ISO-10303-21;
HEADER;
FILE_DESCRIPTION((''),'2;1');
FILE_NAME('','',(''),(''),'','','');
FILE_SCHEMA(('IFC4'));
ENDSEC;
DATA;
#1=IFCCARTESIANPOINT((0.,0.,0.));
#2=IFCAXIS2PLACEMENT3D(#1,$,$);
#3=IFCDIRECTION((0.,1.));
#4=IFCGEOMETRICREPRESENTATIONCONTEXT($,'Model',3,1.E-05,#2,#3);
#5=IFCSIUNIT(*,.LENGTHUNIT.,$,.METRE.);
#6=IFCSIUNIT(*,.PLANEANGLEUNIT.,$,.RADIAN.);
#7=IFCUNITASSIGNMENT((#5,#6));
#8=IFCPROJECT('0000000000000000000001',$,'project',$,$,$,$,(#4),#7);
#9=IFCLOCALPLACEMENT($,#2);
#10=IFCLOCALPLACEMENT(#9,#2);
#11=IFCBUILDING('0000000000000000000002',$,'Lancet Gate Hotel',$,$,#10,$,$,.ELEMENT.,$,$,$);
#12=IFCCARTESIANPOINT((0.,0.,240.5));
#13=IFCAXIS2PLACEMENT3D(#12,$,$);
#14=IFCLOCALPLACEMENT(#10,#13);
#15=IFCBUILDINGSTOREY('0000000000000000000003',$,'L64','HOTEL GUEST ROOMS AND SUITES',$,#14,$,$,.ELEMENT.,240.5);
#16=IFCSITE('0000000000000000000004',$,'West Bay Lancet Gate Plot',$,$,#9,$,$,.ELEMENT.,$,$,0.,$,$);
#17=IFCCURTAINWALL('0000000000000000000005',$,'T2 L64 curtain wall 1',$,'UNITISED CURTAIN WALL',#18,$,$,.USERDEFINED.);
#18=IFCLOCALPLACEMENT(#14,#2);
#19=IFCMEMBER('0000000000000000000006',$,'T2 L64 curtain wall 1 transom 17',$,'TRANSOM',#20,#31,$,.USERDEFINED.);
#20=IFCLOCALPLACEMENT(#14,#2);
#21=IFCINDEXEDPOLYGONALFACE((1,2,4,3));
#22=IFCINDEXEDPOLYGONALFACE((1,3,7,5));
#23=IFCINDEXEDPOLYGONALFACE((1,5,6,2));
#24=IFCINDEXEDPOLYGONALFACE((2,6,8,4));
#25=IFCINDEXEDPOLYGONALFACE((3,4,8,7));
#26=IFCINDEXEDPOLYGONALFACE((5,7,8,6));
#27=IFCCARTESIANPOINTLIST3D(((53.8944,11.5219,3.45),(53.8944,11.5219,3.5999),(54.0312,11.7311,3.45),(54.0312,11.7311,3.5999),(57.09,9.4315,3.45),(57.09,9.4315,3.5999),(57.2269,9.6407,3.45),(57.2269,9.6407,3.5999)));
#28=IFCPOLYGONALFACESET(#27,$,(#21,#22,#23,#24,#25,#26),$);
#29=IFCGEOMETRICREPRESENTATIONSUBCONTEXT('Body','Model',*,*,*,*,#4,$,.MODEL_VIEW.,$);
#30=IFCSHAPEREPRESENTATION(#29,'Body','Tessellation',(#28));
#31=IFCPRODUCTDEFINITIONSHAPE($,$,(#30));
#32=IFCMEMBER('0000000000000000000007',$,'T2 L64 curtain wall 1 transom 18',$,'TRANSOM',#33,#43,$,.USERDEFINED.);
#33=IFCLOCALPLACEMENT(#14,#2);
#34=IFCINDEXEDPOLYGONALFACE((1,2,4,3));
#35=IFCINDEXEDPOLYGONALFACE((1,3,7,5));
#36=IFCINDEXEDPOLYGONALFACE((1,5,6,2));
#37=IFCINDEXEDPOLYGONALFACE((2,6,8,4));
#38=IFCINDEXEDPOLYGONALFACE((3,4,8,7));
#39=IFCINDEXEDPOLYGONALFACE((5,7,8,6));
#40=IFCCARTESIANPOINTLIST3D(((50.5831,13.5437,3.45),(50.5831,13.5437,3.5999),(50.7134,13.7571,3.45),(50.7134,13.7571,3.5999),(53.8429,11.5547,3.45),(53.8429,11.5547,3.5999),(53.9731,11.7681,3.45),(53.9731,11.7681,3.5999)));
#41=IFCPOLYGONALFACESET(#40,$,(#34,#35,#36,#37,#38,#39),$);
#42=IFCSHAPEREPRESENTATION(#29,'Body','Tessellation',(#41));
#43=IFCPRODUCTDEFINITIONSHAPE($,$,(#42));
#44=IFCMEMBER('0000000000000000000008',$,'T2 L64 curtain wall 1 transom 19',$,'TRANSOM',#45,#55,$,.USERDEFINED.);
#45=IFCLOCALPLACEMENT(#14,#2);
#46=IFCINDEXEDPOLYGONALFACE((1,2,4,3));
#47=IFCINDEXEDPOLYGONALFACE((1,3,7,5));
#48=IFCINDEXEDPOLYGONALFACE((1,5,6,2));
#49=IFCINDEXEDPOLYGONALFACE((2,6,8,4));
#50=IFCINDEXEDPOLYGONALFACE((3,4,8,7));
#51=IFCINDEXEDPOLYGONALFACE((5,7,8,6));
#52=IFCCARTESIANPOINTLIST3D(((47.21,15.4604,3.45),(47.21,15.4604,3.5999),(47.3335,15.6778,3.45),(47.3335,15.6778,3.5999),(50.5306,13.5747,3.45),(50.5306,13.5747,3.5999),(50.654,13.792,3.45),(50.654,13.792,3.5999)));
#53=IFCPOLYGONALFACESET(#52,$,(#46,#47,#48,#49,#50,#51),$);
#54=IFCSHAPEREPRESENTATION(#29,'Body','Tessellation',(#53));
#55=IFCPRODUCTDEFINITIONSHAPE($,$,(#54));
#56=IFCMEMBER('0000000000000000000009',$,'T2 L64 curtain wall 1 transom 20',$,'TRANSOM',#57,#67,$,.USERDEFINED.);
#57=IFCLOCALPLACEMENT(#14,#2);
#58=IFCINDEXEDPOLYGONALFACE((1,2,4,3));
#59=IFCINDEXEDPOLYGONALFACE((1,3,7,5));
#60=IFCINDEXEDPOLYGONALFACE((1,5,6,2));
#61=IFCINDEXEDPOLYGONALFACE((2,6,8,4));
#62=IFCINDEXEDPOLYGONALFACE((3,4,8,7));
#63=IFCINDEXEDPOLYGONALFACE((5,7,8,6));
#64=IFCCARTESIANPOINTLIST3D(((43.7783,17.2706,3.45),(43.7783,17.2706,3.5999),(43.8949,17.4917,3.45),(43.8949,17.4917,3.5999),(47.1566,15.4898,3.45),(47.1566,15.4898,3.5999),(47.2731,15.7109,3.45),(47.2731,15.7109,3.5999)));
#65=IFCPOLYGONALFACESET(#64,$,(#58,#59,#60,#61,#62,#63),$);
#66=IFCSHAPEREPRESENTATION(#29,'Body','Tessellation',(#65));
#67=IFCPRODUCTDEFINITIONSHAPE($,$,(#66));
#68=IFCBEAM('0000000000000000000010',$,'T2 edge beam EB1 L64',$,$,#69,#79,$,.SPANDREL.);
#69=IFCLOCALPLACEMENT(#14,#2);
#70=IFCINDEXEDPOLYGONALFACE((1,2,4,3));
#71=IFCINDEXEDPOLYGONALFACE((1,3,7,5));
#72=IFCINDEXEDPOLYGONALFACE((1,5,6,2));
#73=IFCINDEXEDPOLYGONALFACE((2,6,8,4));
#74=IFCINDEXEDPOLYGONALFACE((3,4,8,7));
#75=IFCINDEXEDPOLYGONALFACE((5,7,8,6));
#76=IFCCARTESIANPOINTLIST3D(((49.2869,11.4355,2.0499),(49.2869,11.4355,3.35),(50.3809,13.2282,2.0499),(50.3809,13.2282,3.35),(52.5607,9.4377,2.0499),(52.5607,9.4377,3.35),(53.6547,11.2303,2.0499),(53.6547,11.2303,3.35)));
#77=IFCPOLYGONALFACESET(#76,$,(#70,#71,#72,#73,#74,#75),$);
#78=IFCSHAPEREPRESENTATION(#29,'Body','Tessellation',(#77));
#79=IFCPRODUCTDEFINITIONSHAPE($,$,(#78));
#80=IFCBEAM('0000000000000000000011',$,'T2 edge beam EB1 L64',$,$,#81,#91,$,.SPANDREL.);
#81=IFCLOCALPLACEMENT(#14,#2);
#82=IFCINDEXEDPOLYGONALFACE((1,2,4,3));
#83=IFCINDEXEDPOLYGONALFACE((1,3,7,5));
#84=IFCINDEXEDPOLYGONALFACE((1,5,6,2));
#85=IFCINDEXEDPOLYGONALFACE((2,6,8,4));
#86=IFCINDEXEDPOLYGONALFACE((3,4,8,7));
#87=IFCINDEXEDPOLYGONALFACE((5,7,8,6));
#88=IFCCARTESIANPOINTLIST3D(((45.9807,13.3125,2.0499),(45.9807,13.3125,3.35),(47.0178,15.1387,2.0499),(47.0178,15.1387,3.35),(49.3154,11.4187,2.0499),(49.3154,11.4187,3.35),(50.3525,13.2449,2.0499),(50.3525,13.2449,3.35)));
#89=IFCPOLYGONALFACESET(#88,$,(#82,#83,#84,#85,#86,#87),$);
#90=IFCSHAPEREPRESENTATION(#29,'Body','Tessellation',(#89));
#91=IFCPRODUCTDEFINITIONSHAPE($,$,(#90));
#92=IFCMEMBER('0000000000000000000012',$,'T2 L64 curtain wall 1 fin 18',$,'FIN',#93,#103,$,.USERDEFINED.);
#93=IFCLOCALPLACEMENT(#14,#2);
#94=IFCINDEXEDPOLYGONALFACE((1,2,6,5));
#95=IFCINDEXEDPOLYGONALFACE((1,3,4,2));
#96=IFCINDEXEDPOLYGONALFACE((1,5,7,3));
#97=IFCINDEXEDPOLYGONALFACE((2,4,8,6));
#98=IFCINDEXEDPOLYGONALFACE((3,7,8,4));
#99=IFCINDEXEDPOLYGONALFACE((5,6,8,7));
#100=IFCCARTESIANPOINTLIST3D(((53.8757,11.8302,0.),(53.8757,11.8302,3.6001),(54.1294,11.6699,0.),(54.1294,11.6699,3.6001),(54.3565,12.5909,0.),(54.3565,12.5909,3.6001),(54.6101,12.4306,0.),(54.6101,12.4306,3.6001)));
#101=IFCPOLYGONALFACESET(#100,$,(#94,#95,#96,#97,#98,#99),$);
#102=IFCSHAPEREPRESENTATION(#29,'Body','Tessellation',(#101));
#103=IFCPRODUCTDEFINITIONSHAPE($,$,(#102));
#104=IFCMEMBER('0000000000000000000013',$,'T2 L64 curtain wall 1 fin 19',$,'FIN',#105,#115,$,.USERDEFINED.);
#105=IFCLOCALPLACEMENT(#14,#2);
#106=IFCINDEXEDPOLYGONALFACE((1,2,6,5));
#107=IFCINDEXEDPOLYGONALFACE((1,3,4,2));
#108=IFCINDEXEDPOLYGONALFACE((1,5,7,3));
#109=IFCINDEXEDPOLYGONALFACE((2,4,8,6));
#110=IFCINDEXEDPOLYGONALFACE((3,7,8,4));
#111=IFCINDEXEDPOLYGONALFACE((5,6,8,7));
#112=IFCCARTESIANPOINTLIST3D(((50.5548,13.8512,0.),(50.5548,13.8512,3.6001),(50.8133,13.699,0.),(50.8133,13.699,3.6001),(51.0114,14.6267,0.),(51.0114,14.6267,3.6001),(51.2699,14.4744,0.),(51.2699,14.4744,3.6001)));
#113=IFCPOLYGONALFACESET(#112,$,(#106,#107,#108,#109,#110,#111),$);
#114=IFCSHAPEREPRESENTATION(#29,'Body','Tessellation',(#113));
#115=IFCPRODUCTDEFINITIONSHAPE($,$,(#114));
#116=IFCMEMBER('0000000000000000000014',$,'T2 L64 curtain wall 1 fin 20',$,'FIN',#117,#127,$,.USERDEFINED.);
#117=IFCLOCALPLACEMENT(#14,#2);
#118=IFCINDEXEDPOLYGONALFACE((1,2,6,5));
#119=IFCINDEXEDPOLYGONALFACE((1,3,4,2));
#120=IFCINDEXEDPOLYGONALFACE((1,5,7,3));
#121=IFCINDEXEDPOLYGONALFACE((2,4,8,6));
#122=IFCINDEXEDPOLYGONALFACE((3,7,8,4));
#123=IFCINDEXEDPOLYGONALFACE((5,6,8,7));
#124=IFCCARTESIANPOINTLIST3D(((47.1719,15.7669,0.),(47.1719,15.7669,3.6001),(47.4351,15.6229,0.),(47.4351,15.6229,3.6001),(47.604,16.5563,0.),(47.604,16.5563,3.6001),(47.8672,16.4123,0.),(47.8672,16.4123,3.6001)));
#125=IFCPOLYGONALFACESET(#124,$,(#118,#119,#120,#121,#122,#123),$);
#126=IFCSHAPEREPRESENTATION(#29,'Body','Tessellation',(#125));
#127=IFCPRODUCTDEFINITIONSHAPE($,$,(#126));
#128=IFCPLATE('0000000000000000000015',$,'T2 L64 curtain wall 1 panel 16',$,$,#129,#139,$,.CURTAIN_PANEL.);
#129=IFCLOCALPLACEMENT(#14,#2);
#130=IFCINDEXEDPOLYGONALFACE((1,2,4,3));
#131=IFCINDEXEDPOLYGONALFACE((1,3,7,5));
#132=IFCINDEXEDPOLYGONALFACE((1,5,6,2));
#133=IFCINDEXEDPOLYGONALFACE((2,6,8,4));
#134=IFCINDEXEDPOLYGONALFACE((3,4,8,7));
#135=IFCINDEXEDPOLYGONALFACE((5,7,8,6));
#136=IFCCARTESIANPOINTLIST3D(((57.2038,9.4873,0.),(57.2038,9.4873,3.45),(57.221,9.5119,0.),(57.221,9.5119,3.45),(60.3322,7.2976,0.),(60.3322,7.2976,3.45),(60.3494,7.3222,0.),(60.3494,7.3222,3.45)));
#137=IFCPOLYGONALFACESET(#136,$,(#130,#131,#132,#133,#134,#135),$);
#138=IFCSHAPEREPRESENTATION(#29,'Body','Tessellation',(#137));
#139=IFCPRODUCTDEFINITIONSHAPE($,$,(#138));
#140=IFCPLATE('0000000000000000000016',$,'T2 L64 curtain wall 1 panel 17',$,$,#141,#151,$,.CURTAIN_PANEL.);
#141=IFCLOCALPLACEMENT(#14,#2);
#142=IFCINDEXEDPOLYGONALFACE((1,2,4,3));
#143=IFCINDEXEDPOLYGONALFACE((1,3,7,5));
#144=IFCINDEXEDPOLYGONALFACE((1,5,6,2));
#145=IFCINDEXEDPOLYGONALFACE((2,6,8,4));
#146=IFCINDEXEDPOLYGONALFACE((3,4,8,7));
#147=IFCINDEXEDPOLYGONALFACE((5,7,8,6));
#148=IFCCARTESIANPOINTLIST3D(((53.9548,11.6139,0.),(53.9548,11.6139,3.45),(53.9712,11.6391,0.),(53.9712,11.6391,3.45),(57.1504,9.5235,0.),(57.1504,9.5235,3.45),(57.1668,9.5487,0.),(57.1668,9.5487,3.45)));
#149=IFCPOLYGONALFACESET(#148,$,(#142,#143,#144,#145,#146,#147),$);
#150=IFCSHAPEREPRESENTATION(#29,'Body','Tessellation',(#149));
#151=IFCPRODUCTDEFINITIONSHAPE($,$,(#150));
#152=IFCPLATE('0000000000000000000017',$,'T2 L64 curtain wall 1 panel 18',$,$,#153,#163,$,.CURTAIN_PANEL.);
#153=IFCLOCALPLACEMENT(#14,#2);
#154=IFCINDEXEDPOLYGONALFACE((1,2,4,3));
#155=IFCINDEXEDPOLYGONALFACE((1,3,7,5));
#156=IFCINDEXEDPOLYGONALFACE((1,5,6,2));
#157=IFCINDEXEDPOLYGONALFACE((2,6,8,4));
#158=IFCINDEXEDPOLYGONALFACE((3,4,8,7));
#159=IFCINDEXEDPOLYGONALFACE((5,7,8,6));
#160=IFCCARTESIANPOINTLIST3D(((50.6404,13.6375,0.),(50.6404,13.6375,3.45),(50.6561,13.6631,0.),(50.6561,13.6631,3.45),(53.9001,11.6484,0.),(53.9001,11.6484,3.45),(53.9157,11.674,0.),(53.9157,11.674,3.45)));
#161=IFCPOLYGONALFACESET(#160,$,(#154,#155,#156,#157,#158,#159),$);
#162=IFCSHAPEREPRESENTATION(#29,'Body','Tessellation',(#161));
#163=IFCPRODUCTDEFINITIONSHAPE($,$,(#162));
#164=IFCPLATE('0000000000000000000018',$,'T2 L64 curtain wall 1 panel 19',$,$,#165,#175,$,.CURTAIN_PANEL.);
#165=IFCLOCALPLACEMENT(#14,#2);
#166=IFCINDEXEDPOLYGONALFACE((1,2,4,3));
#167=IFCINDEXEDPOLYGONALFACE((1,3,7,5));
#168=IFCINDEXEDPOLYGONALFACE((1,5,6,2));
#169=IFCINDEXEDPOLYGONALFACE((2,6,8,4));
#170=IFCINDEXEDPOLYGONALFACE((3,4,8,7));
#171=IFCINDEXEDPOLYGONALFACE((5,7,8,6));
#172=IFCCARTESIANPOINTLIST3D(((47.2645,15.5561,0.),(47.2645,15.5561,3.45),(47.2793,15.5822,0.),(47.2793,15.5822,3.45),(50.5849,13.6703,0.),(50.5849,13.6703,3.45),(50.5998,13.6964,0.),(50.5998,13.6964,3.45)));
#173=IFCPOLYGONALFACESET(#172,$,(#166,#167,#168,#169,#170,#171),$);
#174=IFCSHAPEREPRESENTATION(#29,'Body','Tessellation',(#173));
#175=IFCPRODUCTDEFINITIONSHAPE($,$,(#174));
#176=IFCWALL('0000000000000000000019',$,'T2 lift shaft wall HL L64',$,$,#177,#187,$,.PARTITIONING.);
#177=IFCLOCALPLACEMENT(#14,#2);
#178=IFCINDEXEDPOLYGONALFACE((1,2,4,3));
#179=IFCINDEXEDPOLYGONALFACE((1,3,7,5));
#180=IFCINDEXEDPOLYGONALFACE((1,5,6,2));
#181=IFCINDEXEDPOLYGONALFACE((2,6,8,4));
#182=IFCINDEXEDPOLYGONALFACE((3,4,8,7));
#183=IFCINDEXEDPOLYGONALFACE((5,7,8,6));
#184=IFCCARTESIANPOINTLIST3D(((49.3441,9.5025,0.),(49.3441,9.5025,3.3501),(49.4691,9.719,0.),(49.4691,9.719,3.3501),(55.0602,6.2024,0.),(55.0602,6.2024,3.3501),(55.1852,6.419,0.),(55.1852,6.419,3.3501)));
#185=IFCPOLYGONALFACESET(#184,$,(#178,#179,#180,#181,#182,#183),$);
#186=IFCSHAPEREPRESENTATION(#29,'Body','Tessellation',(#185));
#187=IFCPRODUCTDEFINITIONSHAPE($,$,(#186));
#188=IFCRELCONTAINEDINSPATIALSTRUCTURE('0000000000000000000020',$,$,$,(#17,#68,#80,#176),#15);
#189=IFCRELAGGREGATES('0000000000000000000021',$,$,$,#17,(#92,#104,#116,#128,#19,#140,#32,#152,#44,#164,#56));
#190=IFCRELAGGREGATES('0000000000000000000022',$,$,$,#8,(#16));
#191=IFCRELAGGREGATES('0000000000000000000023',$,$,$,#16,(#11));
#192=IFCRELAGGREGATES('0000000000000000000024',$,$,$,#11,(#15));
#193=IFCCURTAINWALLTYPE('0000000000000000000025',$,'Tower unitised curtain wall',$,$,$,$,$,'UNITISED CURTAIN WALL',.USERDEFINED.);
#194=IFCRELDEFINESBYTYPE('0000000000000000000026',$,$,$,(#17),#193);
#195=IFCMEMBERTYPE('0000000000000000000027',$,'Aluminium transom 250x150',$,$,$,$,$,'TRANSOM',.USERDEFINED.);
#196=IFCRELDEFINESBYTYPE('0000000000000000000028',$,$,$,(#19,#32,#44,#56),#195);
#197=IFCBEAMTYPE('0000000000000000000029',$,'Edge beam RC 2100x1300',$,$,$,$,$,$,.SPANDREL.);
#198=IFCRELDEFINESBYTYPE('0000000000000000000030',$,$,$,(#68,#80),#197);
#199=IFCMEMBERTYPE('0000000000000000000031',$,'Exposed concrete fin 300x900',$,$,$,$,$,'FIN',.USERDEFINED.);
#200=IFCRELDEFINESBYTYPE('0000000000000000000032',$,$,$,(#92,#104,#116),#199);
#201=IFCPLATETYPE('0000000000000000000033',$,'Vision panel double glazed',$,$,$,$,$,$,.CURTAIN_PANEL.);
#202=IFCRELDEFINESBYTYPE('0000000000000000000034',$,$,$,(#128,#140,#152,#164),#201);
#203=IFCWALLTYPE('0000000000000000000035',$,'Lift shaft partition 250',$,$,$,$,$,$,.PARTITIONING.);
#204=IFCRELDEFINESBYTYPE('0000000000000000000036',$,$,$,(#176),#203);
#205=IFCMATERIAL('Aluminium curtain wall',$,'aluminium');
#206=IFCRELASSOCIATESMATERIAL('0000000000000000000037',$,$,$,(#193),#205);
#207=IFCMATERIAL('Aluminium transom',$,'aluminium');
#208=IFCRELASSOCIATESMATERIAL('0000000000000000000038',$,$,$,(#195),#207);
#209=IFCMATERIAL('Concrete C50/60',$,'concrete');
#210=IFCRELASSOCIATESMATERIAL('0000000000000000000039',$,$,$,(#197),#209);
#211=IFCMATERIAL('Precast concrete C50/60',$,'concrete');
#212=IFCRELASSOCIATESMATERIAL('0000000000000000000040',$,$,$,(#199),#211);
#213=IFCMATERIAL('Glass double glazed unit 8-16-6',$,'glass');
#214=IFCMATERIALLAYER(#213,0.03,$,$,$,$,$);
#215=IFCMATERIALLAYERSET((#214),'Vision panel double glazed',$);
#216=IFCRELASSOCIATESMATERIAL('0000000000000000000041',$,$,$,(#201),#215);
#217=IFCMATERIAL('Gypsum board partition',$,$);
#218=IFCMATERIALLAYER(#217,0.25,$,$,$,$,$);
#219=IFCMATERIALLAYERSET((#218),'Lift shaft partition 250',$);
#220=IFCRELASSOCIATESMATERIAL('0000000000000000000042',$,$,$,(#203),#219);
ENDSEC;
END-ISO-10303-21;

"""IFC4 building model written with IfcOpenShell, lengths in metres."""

from ifc_helpers import new_model, si_unit, direction, frame, frame_2d, origin, origin_2d, place, context, subcontext, project, spatial, rectangle, extrude, material, layer, layer_set, material_profile, profile_set, type_object, element, aggregate, save


model = new_model("IFC4")

# Units and contexts
model_context = context("Model", 3, precision=1e-05, world=origin(), true_north=direction((0.0, 1.0)))
body_context = subcontext(model_context, "Body", "Model", "MODEL_VIEW")
ifc_project = project(units=[si_unit("LENGTHUNIT", "METRE"), si_unit("PLANEANGLEUNIT", "RADIAN")], contexts=[model_context])

# Site, building, storey
site_placement = place(None, origin())
site = spatial("IfcSite", under=ifc_project, at=site_placement, Name="West Bay Lancet Gate Plot", CompositionType="ELEMENT", RefElevation=0.0)
building_placement = place(site_placement, origin())
building = spatial("IfcBuilding", under=site, at=building_placement, Name="Lancet Gate Hotel", CompositionType="ELEMENT")
storey_placement = place(building_placement, frame((0.0, 0.0, 240.5)))
storey = spatial("IfcBuildingStorey", under=building, at=storey_placement, Name="L64", Description="HOTEL GUEST ROOMS AND SUITES", CompositionType="ELEMENT", Elevation=240.5)

# Curtain wall, members
ifc_material_1 = material(Name="Aluminium curtain wall", Category="aluminium")
curtain_wall_type = type_object("IfcCurtainWallType", Name="Tower unitised curtain wall", ElementType="UNITISED CURTAIN WALL", PredefinedType="USERDEFINED", material=ifc_material_1)
curtain_wall_placement = place(storey_placement, origin())
curtain_wall = element("IfcCurtainWall", 1, at=curtain_wall_placement, inside=storey, type_object=curtain_wall_type, Name="T2 L64 curtain wall 1", ObjectType="UNITISED CURTAIN WALL", PredefinedType="USERDEFINED")
ifc_material_2 = material(Name="Aluminium transom", Category="aluminium")
ifc_material_profile_1 = material_profile(ifc_material_2, rectangle(XDim=0.25, YDim=0.1499, at=origin_2d()), Name="TRANSOM 250x150")
ifc_profile_set_1 = profile_set([ifc_material_profile_1], Name="Aluminium transom")
member_type_1 = type_object("IfcMemberType", Name="Aluminium transom 250x150", ElementType="TRANSOM", PredefinedType="USERDEFINED", material=ifc_profile_set_1)
member_1_placement = place(storey_placement, frame((57.1584, 9.5361, 3.5249), z_axis=(-0.836858, 0.54742, 0.0), x_axis=(-0.54742, -0.836858, 0.0)))
member_1 = element("IfcMember", 2, at=member_1_placement, type_object=member_type_1, Name="T2 L64 curtain wall 1 transom 17", ObjectType="TRANSOM", PredefinedType="USERDEFINED", context=body_context, shape_type="SweptSolid", body=[
    extrude(rectangle(XDim=0.25, YDim=0.1499, at=origin_2d()), origin(), (0.0, 0.0, 1.0), 3.8186),
])
member_2_placement = place(storey_placement, frame((53.908, 11.6614, 3.5249), z_axis=(-0.853639, 0.520865, 0.0), x_axis=(-0.520865, -0.853639, 0.0)))
member_2 = element("IfcMember", 3, at=member_2_placement, type_object=member_type_1, Name="T2 L64 curtain wall 1 transom 18", ObjectType="TRANSOM", PredefinedType="USERDEFINED", context=body_context, shape_type="SweptSolid", body=[
    extrude(rectangle(XDim=0.25, YDim=0.1499, at=origin_2d()), origin(), (0.0, 0.0, 1.0), 3.8186),
])
member_3_placement = place(storey_placement, frame((50.5923, 13.6833, 3.5249), z_axis=(-0.869562, 0.493824, 0.0), x_axis=(-0.493824, -0.869562, 0.0)))
member_3 = element("IfcMember", 4, at=member_3_placement, type_object=member_type_1, Name="T2 L64 curtain wall 1 transom 19", ObjectType="TRANSOM", PredefinedType="USERDEFINED", context=body_context, shape_type="SweptSolid", body=[
    extrude(rectangle(XDim=0.25, YDim=0.1499, at=origin_2d()), origin(), (0.0, 0.0, 1.0), 3.8186),
])
member_4_placement = place(storey_placement, frame((47.2148, 15.6003, 3.5249), z_axis=(-0.884618, 0.466315, 0.0), x_axis=(-0.466315, -0.884618, 0.0)))
member_4 = element("IfcMember", 5, at=member_4_placement, type_object=member_type_1, Name="T2 L64 curtain wall 1 transom 20", ObjectType="TRANSOM", PredefinedType="USERDEFINED", context=body_context, shape_type="SweptSolid", body=[
    extrude(rectangle(XDim=0.25, YDim=0.1499, at=origin_2d()), origin(), (0.0, 0.0, 1.0), 3.8188),
])

# Beams
ifc_material_3 = material(Name="Concrete C50/60", Category="concrete")
ifc_material_profile_2 = material_profile(ifc_material_3, rectangle(XDim=2.1001, YDim=1.3, at=origin_2d()), Name="RC 2100x1300")
ifc_profile_set_2 = profile_set([ifc_material_profile_2], Name="Concrete C50/60")
beam_type = type_object("IfcBeamType", Name="Edge beam RC 2100x1300", PredefinedType="SPANDREL", material=ifc_profile_set_2)
beam_1_placement = place(storey_placement, frame((53.1077, 10.334, 2.7), z_axis=(-0.853604, 0.520922, 0.0), x_axis=(-0.520922, -0.853604, 0.0)))
element("IfcBeam", 6, at=beam_1_placement, inside=storey, type_object=beam_type, Name="T2 edge beam EB1 L64", PredefinedType="SPANDREL", context=body_context, shape_type="SweptSolid", body=[
    extrude(rectangle(XDim=2.1001, YDim=1.3, at=origin_2d()), origin(), (0.0, 0.0, 1.0), 3.8352),
])
beam_2_placement = place(storey_placement, frame((49.834, 12.3318, 2.7), z_axis=(-0.86956, 0.493827, 0.0), x_axis=(-0.493827, -0.86956, 0.0)))
element("IfcBeam", 7, at=beam_2_placement, inside=storey, type_object=beam_type, Name="T2 edge beam EB1 L64", PredefinedType="SPANDREL", context=body_context, shape_type="SweptSolid", body=[
    extrude(rectangle(XDim=2.1001, YDim=1.3, at=origin_2d()), origin(), (0.0, 0.0, 1.0), 3.835),
])

# Members
ifc_material_4 = material(Name="Precast concrete C50/60", Category="concrete")
ifc_material_profile_3 = material_profile(ifc_material_4, rectangle(XDim=0.3, YDim=0.8999, at=origin_2d()), Name="FIN 300x900")
ifc_profile_set_3 = profile_set([ifc_material_profile_3], Name="Precast concrete C50/60")
member_type_2 = type_object("IfcMemberType", Name="Exposed concrete fin 300x900", ElementType="FIN", PredefinedType="USERDEFINED", material=ifc_profile_set_3)
member_5_placement = place(storey_placement, frame((54.2429, 12.1304, 0.0), z_axis=(0.0, 0.0, 1.0), x_axis=(-0.84534, 0.534229, 0.0)))
member_5 = element("IfcMember", 8, at=member_5_placement, type_object=member_type_2, Name="T2 L64 curtain wall 1 fin 18", ObjectType="FIN", PredefinedType="USERDEFINED", context=body_context, shape_type="SweptSolid", body=[
    extrude(rectangle(XDim=0.3, YDim=0.8999, at=origin_2d()), origin(), (0.0, 0.0, 1.0), 3.6001),
])
member_6_placement = place(storey_placement, frame((50.9124, 14.1628, 0.0), z_axis=(0.0, 0.0, 1.0), x_axis=(-0.861692, 0.507432, 0.0)))
member_6 = element("IfcMember", 9, at=member_6_placement, type_object=member_type_2, Name="T2 L64 curtain wall 1 fin 19", ObjectType="FIN", PredefinedType="USERDEFINED", context=body_context, shape_type="SweptSolid", body=[
    extrude(rectangle(XDim=0.3, YDim=0.8999, at=origin_2d()), origin(), (0.0, 0.0, 1.0), 3.6001),
])
member_7_placement = place(storey_placement, frame((47.5195, 16.0896, 0.0), z_axis=(0.0, 0.0, 1.0), x_axis=(-0.877195, 0.480135, 0.0)))
member_7 = element("IfcMember", 10, at=member_7_placement, type_object=member_type_2, Name="T2 L64 curtain wall 1 fin 20", ObjectType="FIN", PredefinedType="USERDEFINED", context=body_context, shape_type="SweptSolid", body=[
    extrude(rectangle(XDim=0.3, YDim=0.8999, at=origin_2d()), origin(), (0.0, 0.0, 1.0), 3.6001),
])

# Plates
ifc_material_5 = material(Name="Glass double glazed unit 8-16-6", Category="glass")
ifc_layer_1 = layer(ifc_material_5, 0.03)
ifc_layer_set_1 = layer_set([ifc_layer_1], Name="Vision panel double glazed")
plate_type = type_object("IfcPlateType", Name="Vision panel double glazed", PredefinedType="CURTAIN_PANEL", material=ifc_layer_set_1)
plate_1_placement = place(storey_placement, frame((58.7766, 8.4048, 0.0), z_axis=(0.0, 0.0, 1.0), x_axis=(-0.819255, 0.573429, 0.0)))
plate_1 = element("IfcPlate", 11, at=plate_1_placement, type_object=plate_type, Name="T2 L64 curtain wall 1 panel 16", PredefinedType="CURTAIN_PANEL", context=body_context, shape_type="SweptSolid", body=[
    extrude(rectangle(XDim=3.8186, YDim=0.03, at=origin_2d()), origin(), (0.0, 0.0, 1.0), 3.45),
])
plate_2_placement = place(storey_placement, frame((55.5608, 10.5813, 0.0), z_axis=(0.0, 0.0, 1.0), x_axis=(-0.83685, 0.547432, 0.0)))
plate_2 = element("IfcPlate", 12, at=plate_2_placement, type_object=plate_type, Name="T2 L64 curtain wall 1 panel 17", PredefinedType="CURTAIN_PANEL", context=body_context, shape_type="SweptSolid", body=[
    extrude(rectangle(XDim=3.8186, YDim=0.03, at=origin_2d()), origin(), (0.0, 0.0, 1.0), 3.45),
])
plate_3_placement = place(storey_placement, frame((52.2781, 12.6558, 0.0), z_axis=(0.0, 0.0, 1.0), x_axis=(-0.853621, 0.520895, 0.0)))
plate_3 = element("IfcPlate", 13, at=plate_3_placement, type_object=plate_type, Name="T2 L64 curtain wall 1 panel 18", PredefinedType="CURTAIN_PANEL", context=body_context, shape_type="SweptSolid", body=[
    extrude(rectangle(XDim=3.8186, YDim=0.03, at=origin_2d()), origin(), (0.0, 0.0, 1.0), 3.45),
])
plate_4_placement = place(storey_placement, frame((48.9321, 14.6262, 0.0), z_axis=(0.0, 0.0, 1.0), x_axis=(-0.86955, 0.493844, 0.0)))
plate_4 = element("IfcPlate", 14, at=plate_4_placement, type_object=plate_type, Name="T2 L64 curtain wall 1 panel 19", PredefinedType="CURTAIN_PANEL", context=body_context, shape_type="SweptSolid", body=[
    extrude(rectangle(XDim=3.8186, YDim=0.03, at=origin_2d()), origin(), (0.0, 0.0, 1.0), 3.45),
])
aggregate(curtain_wall, [member_5, member_6, member_7, plate_1, member_1, plate_2, member_2, plate_3, member_3, plate_4, member_4])

# Wall
ifc_material_6 = material(Name="Gypsum board partition")
ifc_layer_2 = layer(ifc_material_6, 0.25)
ifc_layer_set_2 = layer_set([ifc_layer_2], Name="Lift shaft partition 250")
wall_type_1 = type_object("IfcWallType", Name="Lift shaft partition 250", PredefinedType="PARTITIONING", material=ifc_layer_set_2)
wall_1_placement = place(storey_placement, frame((49.4065, 9.6108, 0.0), z_axis=(0.0, 0.0, 1.0), x_axis=(0.866033, -0.499986, 0.0)))
element("IfcWall", 15, at=wall_1_placement, inside=storey, type_object=wall_type_1, Name="T2 lift shaft wall HL L64", PredefinedType="PARTITIONING", context=body_context, shape_type="SweptSolid", body=[
    extrude(rectangle(XDim=6.6003, YDim=0.25, at=frame_2d((3.3003, 0.0))), origin(), (0.0, 0.0, 1.0), 3.3501),
])

save(model, "model.ifc")
